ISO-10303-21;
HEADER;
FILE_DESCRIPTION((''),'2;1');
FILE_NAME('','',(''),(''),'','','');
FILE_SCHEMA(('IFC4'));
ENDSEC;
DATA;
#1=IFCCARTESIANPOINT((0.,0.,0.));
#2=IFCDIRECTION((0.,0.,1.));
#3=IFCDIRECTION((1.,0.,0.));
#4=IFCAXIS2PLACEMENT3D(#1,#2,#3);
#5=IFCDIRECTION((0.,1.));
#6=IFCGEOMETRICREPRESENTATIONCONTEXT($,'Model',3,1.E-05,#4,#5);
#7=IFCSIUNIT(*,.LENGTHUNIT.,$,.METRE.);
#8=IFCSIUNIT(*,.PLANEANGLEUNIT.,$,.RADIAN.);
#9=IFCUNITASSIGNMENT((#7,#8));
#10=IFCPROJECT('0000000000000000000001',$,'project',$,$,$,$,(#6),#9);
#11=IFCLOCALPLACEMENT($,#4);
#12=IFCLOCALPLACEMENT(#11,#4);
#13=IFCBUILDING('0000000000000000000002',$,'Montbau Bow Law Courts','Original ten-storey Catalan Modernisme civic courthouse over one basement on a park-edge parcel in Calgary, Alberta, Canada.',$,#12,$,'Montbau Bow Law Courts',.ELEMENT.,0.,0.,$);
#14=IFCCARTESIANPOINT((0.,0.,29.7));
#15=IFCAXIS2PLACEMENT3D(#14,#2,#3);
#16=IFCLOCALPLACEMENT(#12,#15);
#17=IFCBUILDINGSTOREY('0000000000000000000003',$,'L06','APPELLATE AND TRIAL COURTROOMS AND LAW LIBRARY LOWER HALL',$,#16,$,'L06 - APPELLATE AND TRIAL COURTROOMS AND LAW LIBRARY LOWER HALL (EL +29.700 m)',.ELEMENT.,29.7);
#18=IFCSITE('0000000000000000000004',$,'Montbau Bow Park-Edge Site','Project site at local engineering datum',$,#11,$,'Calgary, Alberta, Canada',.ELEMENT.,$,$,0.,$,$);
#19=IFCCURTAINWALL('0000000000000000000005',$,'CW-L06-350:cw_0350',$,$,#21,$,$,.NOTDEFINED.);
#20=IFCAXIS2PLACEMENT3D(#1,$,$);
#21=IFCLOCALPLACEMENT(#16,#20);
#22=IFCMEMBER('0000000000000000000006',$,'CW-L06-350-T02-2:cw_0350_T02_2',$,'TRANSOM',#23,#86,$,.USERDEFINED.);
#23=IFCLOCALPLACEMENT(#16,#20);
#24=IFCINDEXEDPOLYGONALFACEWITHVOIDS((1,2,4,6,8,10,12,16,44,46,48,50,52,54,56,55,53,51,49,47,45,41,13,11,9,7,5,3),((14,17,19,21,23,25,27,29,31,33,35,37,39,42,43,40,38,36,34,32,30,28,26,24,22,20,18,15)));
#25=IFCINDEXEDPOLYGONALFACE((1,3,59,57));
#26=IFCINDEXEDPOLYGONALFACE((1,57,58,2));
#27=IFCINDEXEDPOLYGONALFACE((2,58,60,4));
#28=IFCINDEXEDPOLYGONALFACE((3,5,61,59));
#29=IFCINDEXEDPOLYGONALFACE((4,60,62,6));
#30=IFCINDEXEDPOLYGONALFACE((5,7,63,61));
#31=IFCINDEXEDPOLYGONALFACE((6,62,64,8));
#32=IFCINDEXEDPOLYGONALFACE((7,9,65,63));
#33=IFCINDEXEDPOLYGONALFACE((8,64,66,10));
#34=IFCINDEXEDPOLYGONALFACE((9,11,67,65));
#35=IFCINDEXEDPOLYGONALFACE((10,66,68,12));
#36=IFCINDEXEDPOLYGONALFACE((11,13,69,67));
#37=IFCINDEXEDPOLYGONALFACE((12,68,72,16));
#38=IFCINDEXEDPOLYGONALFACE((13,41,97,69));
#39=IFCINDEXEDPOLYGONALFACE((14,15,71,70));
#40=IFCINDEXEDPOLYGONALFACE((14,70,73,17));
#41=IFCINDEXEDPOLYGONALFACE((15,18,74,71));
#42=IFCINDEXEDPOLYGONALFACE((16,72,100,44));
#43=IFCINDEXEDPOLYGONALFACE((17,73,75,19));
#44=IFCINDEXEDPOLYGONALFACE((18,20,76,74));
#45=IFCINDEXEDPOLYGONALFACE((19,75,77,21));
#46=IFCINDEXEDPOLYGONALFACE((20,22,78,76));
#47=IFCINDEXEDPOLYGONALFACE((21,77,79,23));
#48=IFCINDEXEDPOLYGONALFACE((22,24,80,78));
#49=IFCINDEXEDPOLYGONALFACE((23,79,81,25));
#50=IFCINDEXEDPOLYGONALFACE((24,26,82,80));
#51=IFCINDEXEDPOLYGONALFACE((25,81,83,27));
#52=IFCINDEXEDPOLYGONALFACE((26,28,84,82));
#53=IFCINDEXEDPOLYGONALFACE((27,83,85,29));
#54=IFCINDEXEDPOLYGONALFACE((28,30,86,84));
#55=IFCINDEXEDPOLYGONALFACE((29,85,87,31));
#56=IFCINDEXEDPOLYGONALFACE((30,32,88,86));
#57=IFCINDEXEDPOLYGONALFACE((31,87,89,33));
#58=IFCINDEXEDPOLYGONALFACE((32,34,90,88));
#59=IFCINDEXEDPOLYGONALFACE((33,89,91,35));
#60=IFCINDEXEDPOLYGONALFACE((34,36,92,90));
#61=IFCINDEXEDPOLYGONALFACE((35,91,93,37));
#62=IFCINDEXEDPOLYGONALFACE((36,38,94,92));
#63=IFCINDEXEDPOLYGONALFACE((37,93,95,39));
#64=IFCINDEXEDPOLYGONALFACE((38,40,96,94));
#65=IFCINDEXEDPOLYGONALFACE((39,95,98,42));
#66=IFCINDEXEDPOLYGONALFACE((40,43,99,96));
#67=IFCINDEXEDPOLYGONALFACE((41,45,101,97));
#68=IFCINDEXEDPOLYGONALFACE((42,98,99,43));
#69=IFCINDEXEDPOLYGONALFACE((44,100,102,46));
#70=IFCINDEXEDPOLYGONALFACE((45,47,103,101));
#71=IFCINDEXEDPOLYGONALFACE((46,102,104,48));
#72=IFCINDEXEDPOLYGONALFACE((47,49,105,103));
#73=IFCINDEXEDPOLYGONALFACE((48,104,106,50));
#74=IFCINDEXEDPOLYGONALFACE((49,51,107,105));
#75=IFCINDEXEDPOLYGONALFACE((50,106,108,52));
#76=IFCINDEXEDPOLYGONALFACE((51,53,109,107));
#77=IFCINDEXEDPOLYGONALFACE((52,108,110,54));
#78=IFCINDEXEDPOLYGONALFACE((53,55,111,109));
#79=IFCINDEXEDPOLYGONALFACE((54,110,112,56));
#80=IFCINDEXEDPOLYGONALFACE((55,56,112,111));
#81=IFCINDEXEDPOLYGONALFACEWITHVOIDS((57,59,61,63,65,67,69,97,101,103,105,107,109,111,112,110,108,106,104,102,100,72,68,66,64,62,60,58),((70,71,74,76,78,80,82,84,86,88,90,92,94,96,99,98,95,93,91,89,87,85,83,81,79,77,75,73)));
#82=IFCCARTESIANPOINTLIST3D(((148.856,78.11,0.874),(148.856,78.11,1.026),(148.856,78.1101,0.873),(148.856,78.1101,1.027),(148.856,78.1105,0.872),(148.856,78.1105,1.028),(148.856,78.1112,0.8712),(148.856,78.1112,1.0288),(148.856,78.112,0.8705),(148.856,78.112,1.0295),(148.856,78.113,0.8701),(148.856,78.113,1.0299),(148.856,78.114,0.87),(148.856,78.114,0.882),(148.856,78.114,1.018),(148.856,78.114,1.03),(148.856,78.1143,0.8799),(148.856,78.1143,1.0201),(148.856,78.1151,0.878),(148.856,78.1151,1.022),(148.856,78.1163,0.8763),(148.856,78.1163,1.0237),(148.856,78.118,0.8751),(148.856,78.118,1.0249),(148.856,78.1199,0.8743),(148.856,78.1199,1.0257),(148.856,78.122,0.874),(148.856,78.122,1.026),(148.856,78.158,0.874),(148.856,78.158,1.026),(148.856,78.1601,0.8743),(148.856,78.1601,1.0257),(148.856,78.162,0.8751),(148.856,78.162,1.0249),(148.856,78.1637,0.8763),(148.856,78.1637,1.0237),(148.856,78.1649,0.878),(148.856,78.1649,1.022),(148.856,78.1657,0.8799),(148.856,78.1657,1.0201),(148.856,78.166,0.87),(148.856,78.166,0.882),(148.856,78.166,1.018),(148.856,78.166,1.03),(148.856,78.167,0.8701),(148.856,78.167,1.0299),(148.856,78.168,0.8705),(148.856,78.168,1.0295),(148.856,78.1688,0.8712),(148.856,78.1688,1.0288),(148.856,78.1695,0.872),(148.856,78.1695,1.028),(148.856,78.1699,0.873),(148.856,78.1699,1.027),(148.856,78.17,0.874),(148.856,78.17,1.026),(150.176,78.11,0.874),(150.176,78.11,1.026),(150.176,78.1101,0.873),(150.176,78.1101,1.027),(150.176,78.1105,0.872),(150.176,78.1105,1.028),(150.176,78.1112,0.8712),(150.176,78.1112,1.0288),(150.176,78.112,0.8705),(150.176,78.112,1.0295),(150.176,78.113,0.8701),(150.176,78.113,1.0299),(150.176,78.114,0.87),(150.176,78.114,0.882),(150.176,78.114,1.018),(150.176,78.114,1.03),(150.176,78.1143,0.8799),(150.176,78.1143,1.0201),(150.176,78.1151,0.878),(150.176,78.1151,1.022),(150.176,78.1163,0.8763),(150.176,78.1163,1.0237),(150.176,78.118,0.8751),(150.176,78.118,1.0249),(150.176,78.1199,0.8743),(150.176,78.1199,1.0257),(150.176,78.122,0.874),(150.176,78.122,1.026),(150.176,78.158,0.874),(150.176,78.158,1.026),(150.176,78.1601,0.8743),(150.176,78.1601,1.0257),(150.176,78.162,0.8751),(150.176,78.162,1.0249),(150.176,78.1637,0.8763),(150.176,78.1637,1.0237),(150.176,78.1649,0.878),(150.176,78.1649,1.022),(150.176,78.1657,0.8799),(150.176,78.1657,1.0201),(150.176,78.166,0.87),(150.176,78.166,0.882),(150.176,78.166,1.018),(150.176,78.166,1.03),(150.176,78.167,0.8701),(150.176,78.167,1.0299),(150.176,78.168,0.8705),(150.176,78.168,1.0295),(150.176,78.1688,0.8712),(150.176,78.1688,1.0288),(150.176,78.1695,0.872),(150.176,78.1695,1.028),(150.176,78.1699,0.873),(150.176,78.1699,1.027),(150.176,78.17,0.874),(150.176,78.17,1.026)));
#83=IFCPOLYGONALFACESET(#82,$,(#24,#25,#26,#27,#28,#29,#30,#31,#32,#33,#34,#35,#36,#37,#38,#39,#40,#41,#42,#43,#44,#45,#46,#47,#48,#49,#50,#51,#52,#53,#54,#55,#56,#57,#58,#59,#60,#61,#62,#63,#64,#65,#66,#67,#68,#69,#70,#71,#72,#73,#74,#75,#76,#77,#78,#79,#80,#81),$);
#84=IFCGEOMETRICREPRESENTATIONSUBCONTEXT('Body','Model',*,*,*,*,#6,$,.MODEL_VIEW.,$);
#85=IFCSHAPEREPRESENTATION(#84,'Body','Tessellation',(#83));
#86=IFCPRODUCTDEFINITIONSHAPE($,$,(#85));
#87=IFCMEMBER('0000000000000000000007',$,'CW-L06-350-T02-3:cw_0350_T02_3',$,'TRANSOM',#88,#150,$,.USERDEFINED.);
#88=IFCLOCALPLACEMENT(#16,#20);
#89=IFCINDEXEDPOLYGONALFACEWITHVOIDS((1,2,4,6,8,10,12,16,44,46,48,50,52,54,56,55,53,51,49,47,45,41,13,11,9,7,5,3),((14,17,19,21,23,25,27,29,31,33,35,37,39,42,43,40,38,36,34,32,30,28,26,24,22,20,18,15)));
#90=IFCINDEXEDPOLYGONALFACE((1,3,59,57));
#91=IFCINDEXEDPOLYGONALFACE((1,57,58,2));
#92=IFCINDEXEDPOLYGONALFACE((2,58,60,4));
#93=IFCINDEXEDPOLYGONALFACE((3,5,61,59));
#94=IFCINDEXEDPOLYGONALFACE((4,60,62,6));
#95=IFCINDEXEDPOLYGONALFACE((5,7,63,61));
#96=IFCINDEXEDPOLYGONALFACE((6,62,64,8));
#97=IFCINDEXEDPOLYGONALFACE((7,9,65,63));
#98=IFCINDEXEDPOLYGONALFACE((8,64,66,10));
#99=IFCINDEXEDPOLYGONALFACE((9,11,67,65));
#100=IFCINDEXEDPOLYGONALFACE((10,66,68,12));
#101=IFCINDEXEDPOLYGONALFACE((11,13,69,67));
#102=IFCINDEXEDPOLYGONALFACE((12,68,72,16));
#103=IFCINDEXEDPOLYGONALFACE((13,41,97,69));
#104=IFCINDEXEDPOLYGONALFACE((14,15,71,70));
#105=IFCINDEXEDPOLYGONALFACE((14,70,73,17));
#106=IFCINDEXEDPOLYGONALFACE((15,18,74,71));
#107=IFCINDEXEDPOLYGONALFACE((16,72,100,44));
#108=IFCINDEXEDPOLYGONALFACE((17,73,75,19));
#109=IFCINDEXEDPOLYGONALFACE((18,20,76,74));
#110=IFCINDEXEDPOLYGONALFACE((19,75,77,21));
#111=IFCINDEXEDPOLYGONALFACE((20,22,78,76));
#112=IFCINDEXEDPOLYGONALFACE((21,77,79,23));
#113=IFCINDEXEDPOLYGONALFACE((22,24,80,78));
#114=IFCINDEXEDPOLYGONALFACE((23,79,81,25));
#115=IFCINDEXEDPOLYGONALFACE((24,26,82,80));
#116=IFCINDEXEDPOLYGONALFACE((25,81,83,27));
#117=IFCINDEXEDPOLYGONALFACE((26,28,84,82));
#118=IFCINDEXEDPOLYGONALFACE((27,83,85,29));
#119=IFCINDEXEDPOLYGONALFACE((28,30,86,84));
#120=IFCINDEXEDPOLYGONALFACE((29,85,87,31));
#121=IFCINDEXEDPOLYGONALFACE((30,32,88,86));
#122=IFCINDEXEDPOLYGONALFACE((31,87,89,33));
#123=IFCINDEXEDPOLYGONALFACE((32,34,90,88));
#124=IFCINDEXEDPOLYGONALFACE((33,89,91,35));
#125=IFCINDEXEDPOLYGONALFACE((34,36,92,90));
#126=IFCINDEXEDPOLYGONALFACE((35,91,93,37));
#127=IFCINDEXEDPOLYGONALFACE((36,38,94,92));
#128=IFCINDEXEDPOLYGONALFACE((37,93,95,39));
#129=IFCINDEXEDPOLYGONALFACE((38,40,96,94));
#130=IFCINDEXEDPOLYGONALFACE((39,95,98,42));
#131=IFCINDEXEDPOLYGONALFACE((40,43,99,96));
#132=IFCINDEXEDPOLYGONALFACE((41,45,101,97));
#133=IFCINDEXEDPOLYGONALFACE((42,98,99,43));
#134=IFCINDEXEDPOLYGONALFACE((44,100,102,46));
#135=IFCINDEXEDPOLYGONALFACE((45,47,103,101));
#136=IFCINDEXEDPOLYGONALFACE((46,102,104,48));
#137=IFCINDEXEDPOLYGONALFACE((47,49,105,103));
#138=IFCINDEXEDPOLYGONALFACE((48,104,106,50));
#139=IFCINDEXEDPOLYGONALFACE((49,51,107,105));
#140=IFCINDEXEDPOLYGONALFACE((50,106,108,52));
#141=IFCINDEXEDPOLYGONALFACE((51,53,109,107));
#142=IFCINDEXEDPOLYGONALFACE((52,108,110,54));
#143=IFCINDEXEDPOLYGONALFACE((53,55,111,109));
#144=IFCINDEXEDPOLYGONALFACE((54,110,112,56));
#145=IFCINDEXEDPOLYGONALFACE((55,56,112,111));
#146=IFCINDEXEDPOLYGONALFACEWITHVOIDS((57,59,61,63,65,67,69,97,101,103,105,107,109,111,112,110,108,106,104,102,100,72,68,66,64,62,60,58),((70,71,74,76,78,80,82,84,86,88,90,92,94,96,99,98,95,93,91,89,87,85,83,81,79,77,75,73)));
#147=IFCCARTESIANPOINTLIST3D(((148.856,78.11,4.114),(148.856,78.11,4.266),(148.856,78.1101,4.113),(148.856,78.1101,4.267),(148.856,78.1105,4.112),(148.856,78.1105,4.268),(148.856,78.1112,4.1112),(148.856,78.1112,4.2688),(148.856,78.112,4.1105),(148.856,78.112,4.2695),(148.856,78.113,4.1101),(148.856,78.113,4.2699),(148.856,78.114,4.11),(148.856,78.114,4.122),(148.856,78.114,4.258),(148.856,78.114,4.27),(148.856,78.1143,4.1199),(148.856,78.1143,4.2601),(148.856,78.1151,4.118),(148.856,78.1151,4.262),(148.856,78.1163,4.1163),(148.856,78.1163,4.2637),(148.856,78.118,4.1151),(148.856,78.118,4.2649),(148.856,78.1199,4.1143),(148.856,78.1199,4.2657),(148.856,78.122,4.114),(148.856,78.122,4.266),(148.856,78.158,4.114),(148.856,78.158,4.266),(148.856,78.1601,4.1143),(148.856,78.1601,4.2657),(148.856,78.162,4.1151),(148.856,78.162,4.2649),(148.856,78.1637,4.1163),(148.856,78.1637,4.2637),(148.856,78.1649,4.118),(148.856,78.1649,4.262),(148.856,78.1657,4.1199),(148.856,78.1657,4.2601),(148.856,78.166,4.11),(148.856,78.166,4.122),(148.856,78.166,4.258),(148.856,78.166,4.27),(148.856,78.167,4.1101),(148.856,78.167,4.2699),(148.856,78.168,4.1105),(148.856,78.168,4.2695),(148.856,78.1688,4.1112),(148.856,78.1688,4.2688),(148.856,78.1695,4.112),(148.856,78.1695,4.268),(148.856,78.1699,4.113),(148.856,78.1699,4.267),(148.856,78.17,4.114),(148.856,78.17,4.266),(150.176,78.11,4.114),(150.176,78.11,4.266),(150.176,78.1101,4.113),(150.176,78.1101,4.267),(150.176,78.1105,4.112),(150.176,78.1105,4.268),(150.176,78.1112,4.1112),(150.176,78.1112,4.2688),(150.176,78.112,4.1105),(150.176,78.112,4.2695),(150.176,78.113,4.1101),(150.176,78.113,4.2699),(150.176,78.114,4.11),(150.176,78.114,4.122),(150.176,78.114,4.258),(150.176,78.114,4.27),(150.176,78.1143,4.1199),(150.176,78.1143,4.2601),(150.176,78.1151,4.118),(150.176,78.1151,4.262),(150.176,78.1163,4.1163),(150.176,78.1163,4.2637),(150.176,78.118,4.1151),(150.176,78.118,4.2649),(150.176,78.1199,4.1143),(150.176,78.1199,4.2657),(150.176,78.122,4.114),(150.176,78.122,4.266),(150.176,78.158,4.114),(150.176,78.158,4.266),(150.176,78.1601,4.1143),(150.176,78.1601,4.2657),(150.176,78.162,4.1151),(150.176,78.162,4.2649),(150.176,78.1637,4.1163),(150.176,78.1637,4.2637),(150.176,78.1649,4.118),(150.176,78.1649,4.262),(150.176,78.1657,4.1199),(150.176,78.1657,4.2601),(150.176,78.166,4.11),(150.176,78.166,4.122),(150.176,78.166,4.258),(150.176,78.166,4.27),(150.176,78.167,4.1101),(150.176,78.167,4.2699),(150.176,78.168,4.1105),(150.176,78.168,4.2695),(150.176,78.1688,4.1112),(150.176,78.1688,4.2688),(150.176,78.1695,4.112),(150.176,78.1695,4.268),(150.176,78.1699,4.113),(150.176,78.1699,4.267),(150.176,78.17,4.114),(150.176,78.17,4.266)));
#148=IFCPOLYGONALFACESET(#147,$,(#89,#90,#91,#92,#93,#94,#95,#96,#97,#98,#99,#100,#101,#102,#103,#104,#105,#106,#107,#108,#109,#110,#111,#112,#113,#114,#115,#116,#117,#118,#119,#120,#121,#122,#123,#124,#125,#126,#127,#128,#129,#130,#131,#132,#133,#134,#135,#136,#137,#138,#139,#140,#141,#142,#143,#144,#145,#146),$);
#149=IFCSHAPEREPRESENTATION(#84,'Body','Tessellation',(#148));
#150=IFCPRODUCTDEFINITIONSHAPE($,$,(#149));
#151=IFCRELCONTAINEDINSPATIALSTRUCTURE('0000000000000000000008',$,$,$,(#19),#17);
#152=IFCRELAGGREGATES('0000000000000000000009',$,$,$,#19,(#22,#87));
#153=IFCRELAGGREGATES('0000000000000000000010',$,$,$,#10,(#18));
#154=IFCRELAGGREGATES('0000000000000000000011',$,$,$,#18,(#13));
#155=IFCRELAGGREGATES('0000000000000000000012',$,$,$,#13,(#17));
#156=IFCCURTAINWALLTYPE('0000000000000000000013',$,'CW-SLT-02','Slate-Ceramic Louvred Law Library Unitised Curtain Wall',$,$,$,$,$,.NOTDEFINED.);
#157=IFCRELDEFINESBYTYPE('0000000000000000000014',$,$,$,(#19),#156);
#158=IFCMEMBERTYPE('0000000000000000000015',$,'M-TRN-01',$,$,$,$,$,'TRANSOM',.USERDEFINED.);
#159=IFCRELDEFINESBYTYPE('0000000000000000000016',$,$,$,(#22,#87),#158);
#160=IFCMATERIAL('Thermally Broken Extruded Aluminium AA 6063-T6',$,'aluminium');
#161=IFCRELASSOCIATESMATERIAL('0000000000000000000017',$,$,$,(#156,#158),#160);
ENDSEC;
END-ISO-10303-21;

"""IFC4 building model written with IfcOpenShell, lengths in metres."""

from ifc_helpers import new_model, si_unit, direction, frame, origin_with_axes, origin_2d_with_axis, place, context, subcontext, project, spatial, hollow_rectangle, extrude, material, material_profile, profile_set, type_object, element, aggregate, save


model = new_model("IFC4")

# Units and contexts
model_context = context("Model", 3, precision=1e-05, world=origin_with_axes(), true_north=direction((0.0, 1.0)))
body_context = subcontext(model_context, "Body", "Model", "MODEL_VIEW")
ifc_project = project(units=[si_unit("LENGTHUNIT", "METRE"), si_unit("PLANEANGLEUNIT", "RADIAN")], contexts=[model_context])

# Site, building, storey
site_placement = place(None, origin_with_axes())
site = spatial("IfcSite", under=ifc_project, at=site_placement, Name="Montbau Bow Park-Edge Site", Description="Project site at local engineering datum", LongName="Calgary, Alberta, Canada", CompositionType="ELEMENT", RefElevation=0.0)
building_placement = place(site_placement, origin_with_axes())
building = spatial("IfcBuilding", under=site, at=building_placement, Name="Montbau Bow Law Courts", Description="Original ten-storey Catalan Modernisme civic courthouse over one basement on a park-edge parcel in Calgary, Alberta, Canada.", LongName="Montbau Bow Law Courts", CompositionType="ELEMENT", ElevationOfRefHeight=0.0, ElevationOfTerrain=0.0)
storey_placement = place(building_placement, frame((0.0, 0.0, 29.7), z_axis=(0.0, 0.0, 1.0), x_axis=(1.0, 0.0, 0.0)))
storey = spatial("IfcBuildingStorey", under=building, at=storey_placement, Name="L06", Description="APPELLATE AND TRIAL COURTROOMS AND LAW LIBRARY LOWER HALL", LongName="L06 - APPELLATE AND TRIAL COURTROOMS AND LAW LIBRARY LOWER HALL (EL +29.700 m)", CompositionType="ELEMENT", Elevation=29.7)

# Curtain wall, members
ifc_material_1 = material(Name="Thermally Broken Extruded Aluminium AA 6063-T6", Category="aluminium")
curtain_wall_type = type_object("IfcCurtainWallType", Name="CW-SLT-02", Description="Slate-Ceramic Louvred Law Library Unitised Curtain Wall", PredefinedType="NOTDEFINED", material=ifc_material_1)
curtain_wall_placement = place(None, frame((147.44, 78.14, 29.7), z_axis=(0.0, 0.0, 1.0), x_axis=(1.0, 0.0, 0.0)))
curtain_wall = element("IfcCurtainWall", 1, at=curtain_wall_placement, inside=storey, type_object=curtain_wall_type, Name="CW-L06-350:cw_0350", PredefinedType="NOTDEFINED")
ifc_material_profile_1 = material_profile(ifc_material_1, hollow_rectangle(XDim=0.06, YDim=0.16, WallThickness=0.004, InnerFilletRadius=0.008, OuterFilletRadius=0.004, at=origin_2d_with_axis()), Name="CWT-160X60", Category="Main", Priority=0)
ifc_profile_set_1 = profile_set([ifc_material_profile_1], Name="Thermally Broken Extruded Aluminium AA 6063-T6")
member_type_1 = type_object("IfcMemberType", Name="M-TRN-01", ElementType="TRANSOM", PredefinedType="USERDEFINED", material=ifc_profile_set_1)
member_1_placement = place(None, frame((148.856, 78.14, 30.65), z_axis=(1.0, 0.0, 0.0), x_axis=(0.0, 1.0, 0.0)))
member_1 = element("IfcMember", 2, at=member_1_placement, type_object=member_type_1, Name="CW-L06-350-T02-2:cw_0350_T02_2", ObjectType="TRANSOM", PredefinedType="USERDEFINED", context=body_context, shape_type="SweptSolid", body=[
    extrude(hollow_rectangle(XDim=0.06, YDim=0.16, WallThickness=0.004, InnerFilletRadius=0.008, OuterFilletRadius=0.004, at=origin_2d_with_axis()), origin_with_axes(), (0.0, 0.0, 1.0), 1.32),
])
member_2_placement = place(None, frame((148.856, 78.14, 33.89), z_axis=(1.0, 0.0, 0.0), x_axis=(0.0, 1.0, 0.0)))
member_2 = element("IfcMember", 3, at=member_2_placement, type_object=member_type_1, Name="CW-L06-350-T02-3:cw_0350_T02_3", ObjectType="TRANSOM", PredefinedType="USERDEFINED", context=body_context, shape_type="SweptSolid", body=[
    extrude(hollow_rectangle(XDim=0.06, YDim=0.16, WallThickness=0.004, InnerFilletRadius=0.008, OuterFilletRadius=0.004, at=origin_2d_with_axis()), origin_with_axes(), (0.0, 0.0, 1.0), 1.32),
])
aggregate(curtain_wall, [member_1, member_2])

save(model, "model.ifc")
